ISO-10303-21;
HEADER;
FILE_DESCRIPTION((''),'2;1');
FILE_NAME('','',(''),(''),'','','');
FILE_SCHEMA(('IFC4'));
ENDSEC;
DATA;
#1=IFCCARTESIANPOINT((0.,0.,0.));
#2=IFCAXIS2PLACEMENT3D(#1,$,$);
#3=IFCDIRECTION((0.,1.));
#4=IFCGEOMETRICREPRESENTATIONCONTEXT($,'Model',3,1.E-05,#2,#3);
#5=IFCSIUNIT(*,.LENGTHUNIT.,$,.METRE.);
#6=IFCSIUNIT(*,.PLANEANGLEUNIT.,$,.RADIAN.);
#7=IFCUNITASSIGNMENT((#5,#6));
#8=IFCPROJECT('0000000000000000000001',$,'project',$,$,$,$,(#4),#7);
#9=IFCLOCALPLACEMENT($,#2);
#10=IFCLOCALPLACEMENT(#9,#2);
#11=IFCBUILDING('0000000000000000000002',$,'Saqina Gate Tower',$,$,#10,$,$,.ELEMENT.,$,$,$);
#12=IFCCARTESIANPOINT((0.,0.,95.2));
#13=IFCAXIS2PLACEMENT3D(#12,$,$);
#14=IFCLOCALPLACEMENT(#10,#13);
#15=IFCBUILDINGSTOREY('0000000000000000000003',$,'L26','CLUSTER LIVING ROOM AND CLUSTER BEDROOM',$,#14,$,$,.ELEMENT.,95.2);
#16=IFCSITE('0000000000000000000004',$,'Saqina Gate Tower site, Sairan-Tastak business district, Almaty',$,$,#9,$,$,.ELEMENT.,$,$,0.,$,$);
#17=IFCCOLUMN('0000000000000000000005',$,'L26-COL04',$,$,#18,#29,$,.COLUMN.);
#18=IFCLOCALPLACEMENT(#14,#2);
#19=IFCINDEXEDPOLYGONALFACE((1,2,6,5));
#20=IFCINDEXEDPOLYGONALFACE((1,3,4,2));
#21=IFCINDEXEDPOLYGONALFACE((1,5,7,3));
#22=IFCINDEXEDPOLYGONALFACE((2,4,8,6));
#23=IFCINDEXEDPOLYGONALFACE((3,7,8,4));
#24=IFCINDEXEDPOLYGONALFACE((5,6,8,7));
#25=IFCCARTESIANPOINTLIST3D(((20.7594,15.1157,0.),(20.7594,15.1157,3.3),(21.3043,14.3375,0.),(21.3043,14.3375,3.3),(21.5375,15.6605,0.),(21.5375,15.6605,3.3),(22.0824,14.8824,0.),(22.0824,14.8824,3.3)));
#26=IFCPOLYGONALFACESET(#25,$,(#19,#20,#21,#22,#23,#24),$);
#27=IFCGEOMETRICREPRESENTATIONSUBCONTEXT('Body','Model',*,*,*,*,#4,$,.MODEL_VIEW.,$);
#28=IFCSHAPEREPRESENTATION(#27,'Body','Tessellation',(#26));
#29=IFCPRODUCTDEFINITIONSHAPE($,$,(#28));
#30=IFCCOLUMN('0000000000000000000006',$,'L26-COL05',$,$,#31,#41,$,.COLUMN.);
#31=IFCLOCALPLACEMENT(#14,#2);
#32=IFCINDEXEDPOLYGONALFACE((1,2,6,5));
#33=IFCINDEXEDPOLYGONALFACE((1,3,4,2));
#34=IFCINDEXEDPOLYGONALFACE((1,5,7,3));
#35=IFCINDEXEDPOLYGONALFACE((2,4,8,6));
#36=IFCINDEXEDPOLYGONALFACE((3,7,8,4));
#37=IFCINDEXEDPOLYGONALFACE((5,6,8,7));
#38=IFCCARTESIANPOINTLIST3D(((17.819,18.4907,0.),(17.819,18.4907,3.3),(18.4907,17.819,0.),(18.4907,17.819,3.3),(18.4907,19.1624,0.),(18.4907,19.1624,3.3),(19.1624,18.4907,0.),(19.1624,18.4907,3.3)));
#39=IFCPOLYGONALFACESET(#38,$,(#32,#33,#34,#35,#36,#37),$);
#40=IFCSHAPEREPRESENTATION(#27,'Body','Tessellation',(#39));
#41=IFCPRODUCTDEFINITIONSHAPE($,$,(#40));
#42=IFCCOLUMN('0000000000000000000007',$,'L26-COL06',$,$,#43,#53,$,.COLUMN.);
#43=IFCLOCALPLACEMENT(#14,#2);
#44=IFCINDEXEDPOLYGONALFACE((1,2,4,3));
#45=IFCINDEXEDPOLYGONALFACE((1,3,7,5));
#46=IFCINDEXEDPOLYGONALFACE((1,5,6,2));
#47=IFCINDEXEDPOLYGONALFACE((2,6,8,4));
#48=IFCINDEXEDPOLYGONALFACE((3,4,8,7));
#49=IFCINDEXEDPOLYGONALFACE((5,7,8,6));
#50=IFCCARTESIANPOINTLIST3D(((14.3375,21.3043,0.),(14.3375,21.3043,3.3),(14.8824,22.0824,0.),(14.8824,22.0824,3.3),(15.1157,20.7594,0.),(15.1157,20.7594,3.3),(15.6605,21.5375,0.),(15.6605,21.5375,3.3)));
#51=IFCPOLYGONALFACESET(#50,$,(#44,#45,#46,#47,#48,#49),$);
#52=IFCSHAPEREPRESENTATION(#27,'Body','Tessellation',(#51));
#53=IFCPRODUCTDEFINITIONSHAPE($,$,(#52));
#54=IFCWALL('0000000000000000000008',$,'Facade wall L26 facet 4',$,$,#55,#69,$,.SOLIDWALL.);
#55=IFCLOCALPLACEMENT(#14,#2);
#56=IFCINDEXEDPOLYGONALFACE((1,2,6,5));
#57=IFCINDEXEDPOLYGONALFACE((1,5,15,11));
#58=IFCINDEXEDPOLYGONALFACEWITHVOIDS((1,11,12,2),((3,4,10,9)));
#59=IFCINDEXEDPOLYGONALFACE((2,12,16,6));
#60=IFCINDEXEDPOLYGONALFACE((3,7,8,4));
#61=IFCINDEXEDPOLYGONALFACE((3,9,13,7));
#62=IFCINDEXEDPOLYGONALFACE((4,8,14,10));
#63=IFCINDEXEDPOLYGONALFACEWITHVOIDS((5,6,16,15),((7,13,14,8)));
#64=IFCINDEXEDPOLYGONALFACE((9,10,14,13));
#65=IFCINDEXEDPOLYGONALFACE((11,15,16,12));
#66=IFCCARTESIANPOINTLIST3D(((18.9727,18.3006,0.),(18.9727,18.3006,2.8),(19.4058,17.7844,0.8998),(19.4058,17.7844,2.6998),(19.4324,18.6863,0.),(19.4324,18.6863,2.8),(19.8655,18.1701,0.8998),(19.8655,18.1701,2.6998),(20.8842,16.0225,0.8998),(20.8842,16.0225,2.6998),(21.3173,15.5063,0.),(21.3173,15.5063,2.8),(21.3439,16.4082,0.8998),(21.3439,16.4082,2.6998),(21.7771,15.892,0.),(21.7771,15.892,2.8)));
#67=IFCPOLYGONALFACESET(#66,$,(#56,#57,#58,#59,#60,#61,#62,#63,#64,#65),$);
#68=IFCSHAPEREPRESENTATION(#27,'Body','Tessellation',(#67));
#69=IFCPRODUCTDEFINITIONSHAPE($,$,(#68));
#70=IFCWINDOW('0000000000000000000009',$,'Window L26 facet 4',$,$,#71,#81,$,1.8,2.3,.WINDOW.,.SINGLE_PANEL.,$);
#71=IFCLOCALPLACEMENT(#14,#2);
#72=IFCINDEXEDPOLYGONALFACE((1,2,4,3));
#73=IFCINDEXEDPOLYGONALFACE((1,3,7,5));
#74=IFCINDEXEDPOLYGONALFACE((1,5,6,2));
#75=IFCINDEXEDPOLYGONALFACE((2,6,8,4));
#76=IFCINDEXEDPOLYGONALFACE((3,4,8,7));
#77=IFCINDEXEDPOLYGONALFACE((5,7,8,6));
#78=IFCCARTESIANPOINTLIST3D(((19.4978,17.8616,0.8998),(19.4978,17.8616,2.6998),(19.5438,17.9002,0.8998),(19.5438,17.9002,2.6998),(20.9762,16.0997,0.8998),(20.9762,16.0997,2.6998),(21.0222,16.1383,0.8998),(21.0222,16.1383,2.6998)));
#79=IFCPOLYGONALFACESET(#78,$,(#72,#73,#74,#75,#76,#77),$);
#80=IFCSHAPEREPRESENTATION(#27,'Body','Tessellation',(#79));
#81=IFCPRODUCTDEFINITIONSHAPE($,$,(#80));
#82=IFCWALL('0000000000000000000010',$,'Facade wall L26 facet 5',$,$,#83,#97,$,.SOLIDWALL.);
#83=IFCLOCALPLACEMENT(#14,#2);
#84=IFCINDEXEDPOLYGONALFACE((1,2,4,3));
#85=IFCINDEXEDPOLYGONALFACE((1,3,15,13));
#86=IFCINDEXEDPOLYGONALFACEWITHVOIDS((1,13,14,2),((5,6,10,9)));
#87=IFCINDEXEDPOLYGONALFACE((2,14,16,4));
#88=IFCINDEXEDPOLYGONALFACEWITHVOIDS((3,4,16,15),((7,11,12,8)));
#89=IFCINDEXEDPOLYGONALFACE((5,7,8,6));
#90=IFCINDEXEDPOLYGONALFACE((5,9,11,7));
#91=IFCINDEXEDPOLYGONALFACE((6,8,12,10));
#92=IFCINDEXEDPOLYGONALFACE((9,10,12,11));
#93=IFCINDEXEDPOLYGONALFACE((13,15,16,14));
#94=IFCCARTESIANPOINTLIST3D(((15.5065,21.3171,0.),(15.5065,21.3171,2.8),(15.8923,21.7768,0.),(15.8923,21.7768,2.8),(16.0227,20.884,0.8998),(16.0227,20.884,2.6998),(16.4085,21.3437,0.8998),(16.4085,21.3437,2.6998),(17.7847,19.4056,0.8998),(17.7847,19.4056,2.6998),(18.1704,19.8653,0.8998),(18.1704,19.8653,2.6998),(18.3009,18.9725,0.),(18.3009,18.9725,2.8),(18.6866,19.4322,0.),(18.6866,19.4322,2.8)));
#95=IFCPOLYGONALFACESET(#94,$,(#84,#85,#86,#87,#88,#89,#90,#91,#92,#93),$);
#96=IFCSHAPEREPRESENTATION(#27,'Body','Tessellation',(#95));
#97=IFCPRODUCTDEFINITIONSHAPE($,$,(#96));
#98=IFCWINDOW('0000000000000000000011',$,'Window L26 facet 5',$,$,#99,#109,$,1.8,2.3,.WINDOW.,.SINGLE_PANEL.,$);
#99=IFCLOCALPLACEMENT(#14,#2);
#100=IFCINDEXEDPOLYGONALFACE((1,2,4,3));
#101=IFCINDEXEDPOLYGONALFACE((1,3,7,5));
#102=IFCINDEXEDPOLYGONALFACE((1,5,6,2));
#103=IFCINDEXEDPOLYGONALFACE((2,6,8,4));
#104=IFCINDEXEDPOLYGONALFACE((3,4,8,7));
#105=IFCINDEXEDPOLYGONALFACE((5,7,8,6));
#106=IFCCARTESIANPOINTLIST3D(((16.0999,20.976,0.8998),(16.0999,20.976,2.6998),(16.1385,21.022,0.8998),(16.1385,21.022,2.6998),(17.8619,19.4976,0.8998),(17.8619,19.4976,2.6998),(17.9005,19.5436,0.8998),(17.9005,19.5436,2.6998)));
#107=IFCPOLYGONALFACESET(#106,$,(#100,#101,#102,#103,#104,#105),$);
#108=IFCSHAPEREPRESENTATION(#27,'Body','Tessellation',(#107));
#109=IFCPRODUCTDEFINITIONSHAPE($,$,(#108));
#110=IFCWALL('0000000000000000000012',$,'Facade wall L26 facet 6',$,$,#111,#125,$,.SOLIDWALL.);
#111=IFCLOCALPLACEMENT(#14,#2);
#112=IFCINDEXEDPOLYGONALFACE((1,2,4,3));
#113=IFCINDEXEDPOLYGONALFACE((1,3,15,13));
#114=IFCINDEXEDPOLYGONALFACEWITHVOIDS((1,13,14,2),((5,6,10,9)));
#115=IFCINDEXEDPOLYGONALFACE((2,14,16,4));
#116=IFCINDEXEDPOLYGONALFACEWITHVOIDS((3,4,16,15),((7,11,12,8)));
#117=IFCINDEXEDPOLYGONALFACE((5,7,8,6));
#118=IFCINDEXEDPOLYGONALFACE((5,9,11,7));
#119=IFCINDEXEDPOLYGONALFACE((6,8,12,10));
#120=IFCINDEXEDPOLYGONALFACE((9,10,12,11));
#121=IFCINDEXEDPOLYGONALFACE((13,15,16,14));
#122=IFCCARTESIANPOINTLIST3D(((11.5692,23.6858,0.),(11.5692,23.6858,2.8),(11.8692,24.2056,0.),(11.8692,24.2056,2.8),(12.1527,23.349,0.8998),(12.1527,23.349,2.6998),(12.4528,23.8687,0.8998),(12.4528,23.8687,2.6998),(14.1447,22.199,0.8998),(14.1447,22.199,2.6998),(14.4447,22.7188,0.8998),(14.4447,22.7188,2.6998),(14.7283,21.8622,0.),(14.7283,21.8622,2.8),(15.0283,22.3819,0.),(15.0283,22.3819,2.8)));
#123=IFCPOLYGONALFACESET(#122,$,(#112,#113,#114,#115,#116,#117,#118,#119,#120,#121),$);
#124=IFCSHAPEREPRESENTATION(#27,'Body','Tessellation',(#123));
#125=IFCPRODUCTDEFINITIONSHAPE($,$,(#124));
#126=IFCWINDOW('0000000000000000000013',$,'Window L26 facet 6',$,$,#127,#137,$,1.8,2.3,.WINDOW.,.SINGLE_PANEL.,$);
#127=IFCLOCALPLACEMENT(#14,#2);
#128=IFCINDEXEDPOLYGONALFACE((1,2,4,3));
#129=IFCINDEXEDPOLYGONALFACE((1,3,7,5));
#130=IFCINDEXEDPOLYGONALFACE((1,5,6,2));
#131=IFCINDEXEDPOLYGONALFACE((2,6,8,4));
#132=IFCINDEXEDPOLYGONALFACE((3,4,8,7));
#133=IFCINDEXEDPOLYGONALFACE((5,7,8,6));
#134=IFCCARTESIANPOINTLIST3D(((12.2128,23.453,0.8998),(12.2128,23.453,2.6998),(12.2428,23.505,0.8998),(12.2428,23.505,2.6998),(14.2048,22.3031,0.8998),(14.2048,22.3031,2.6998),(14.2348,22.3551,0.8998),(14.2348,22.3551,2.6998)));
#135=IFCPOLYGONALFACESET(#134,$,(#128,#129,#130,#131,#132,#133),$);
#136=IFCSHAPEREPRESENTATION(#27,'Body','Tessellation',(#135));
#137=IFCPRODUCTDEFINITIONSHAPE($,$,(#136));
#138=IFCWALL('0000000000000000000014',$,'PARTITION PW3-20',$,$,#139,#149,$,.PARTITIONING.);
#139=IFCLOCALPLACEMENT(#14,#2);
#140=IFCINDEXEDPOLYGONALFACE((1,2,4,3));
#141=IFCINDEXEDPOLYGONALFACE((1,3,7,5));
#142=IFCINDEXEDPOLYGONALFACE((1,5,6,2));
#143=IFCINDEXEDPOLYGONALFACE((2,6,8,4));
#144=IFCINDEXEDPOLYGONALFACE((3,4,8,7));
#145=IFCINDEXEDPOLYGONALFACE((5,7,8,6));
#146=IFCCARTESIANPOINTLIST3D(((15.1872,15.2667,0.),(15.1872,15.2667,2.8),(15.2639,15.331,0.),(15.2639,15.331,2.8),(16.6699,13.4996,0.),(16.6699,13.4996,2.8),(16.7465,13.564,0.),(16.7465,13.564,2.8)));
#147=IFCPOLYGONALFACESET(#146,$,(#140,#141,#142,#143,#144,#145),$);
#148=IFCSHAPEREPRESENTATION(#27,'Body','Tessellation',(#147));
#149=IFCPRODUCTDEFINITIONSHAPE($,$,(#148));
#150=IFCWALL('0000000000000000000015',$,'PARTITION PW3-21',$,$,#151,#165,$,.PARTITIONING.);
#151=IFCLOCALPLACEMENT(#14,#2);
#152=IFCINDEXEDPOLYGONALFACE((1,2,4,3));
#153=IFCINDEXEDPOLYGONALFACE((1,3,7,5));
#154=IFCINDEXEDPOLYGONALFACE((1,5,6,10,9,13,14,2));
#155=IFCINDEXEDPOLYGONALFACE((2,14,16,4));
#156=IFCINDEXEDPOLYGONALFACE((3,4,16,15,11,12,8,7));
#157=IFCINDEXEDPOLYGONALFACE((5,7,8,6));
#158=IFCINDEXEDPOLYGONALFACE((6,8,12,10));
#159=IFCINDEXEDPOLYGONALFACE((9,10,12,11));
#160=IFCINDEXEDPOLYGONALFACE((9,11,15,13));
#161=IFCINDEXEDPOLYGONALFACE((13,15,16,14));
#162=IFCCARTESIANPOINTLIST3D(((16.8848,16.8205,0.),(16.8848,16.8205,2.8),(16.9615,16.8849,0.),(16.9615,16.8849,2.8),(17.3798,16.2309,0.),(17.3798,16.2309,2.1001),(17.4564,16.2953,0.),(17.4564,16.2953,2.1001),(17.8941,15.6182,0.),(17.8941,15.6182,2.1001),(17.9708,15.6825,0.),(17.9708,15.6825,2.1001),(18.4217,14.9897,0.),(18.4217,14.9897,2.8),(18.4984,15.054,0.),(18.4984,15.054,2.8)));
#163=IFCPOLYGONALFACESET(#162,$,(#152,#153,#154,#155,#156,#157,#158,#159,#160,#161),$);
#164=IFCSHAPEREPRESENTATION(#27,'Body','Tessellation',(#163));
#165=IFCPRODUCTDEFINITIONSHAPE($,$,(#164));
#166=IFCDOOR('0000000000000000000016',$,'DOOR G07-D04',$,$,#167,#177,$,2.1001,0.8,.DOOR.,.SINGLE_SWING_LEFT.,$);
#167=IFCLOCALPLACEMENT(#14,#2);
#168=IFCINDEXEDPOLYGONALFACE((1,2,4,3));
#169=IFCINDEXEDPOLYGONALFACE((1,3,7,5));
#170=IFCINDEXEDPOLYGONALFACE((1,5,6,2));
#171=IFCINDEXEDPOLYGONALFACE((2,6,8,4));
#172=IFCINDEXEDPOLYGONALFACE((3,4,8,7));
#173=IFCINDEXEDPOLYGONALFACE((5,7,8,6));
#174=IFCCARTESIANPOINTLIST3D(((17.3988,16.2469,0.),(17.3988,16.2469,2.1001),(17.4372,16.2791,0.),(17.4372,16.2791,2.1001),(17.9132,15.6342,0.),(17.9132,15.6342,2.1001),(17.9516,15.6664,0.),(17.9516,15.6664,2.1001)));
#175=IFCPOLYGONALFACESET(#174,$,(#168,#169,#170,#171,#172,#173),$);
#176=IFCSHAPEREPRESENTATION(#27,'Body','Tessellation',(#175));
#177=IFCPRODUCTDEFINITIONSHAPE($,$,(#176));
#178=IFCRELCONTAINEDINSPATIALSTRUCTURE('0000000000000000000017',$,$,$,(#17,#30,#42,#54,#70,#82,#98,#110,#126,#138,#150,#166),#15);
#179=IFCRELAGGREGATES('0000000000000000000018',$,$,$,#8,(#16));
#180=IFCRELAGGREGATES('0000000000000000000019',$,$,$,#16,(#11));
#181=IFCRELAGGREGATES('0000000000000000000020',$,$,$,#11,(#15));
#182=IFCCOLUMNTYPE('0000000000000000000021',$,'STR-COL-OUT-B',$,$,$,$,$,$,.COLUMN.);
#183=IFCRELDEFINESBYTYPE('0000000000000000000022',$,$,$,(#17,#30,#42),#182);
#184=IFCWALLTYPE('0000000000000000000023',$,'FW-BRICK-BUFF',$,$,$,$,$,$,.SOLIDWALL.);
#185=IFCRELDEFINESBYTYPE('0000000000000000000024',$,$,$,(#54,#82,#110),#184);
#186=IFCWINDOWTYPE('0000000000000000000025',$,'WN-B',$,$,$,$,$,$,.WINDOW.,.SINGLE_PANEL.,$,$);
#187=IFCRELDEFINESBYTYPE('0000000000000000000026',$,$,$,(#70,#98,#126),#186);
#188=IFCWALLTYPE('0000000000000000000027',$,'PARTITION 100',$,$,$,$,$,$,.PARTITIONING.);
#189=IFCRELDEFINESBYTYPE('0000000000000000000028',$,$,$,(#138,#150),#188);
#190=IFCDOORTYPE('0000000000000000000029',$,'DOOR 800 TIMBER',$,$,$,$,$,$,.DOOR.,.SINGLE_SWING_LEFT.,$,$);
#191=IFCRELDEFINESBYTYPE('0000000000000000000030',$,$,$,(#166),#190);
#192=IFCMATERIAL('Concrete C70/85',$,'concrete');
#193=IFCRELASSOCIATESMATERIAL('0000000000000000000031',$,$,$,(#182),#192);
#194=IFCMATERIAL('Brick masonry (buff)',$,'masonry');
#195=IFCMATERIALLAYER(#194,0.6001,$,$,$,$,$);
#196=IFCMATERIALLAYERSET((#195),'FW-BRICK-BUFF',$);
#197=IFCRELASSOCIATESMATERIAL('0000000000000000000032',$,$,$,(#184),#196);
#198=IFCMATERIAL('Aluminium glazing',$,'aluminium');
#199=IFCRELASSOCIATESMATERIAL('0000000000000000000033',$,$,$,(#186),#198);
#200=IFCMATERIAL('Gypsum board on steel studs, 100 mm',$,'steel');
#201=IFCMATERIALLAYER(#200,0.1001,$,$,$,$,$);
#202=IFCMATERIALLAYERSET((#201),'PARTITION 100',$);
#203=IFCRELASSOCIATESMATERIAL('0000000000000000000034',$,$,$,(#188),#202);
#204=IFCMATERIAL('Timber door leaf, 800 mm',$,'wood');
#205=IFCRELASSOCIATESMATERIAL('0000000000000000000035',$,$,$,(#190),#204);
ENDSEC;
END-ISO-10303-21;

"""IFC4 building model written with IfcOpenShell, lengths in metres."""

from ifc_helpers import new_model, si_unit, direction, frame, frame_2d, origin, origin_2d, place, context, subcontext, project, spatial, rectangle, extrude, material, layer, layer_set, material_profile, profile_set, type_object, element, fill, save


model = new_model("IFC4")

# Units and contexts
model_context = context("Model", 3, precision=1e-05, world=origin(), true_north=direction((0.0, 1.0)))
body_context = subcontext(model_context, "Body", "Model", "MODEL_VIEW")
ifc_project = project(units=[si_unit("LENGTHUNIT", "METRE"), si_unit("PLANEANGLEUNIT", "RADIAN")], contexts=[model_context])

# Site, building, storey
site_placement = place(None, origin())
site = spatial("IfcSite", under=ifc_project, at=site_placement, Name="Saqina Gate Tower site, Sairan-Tastak business district, Almaty", CompositionType="ELEMENT", RefElevation=0.0)
building_placement = place(site_placement, origin())
building = spatial("IfcBuilding", under=site, at=building_placement, Name="Saqina Gate Tower", CompositionType="ELEMENT")
storey_placement = place(building_placement, frame((0.0, 0.0, 95.2)))
storey = spatial("IfcBuildingStorey", under=building, at=storey_placement, Name="L26", Description="CLUSTER LIVING ROOM AND CLUSTER BEDROOM", CompositionType="ELEMENT", Elevation=95.2)

# Columns
ifc_material_1 = material(Name="Concrete C70/85", Category="concrete")
ifc_material_profile = material_profile(ifc_material_1, rectangle(XDim=0.95, YDim=0.95, at=origin_2d()), Name="RC 950x950")
ifc_profile_set = profile_set([ifc_material_profile], Name="Concrete C70/85")
column_type = type_object("IfcColumnType", Name="STR-COL-OUT-B", PredefinedType="COLUMN", material=ifc_profile_set)
for number, where, z_axis, x_axis, name in (
    (1, (21.4209, 14.999, 0.0), (0.0, 0.0, 1.0), (0.819152, 0.573576, 0.0), "L26-COL04"),
    (2, (18.4907, 18.4907, 0.0), (0.0, 0.0, 1.0), (0.707107, 0.707107, 0.0), "L26-COL05"),
    (3, (14.999, 21.4209, 0.0), (0.0, 0.0, 1.0), (0.573576, 0.819152, 0.0), "L26-COL06"),
):
    element("IfcColumn", number, at=place(storey_placement, frame(where, z_axis=z_axis, x_axis=x_axis)), inside=storey, type_object=column_type, Name=name, PredefinedType="COLUMN", context=body_context, shape_type="SweptSolid", body=[
        extrude(rectangle(XDim=0.95, YDim=0.95, at=origin_2d()), origin(), (0.0, 0.0, 1.0), 3.3),
    ])

# Walls, openings, windows
ifc_material_2 = material(Name="Brick masonry (buff)", Category="masonry")
ifc_layer_1 = layer(ifc_material_2, 0.6001)
ifc_layer_set_1 = layer_set([ifc_layer_1], Name="FW-BRICK-BUFF")
wall_type_1 = type_object("IfcWallType", Name="FW-BRICK-BUFF", PredefinedType="SOLIDWALL", material=ifc_layer_set_1)
wall_1_placement = place(storey_placement, frame((21.5471, 15.6992, 0.0), z_axis=(0.0, 0.0, 1.0), x_axis=(-0.642774, 0.766055, 0.0)))
wall_1 = element("IfcWall", 4, at=wall_1_placement, inside=storey, type_object=wall_type_1, Name="Facade wall L26 facet 4", PredefinedType="SOLIDWALL", context=body_context, shape_type="SweptSolid", body=[
    extrude(rectangle(XDim=3.6477, YDim=0.6001, at=frame_2d((1.8237, 0.0))), origin(), (0.0, 0.0, 1.0), 2.8),
])
opening_1_placement = place(wall_1_placement, frame((0.6738, 0.0, 0.8999)))
opening_1 = element("IfcOpeningElement", 5, at=opening_1_placement, cuts=wall_1, PredefinedType="OPENING", context=body_context, shape_type="SweptSolid", body=[
    extrude(rectangle(XDim=2.3, YDim=1.8, at=frame_2d((1.1499, 0.8999))), frame((0.0, 0.312, 0.0), z_axis=(0.0, -1.0, 0.0), x_axis=(1.0, 0.0, 0.0)), (0.0, 0.0, 1.0), 0.624),
])
ifc_material_3 = material(Name="Aluminium glazing", Category="aluminium")
window_type = type_object("IfcWindowType", Name="WN-B", PartitioningType="SINGLE_PANEL", PredefinedType="WINDOW", material=ifc_material_3)
window_1_placement = place(opening_1_placement, origin())
window_1 = element("IfcWindow", 6, at=window_1_placement, inside=storey, type_object=window_type, Name="Window L26 facet 4", OverallHeight=1.8, OverallWidth=2.3, PartitioningType="SINGLE_PANEL", PredefinedType="WINDOW", context=body_context, shape_type="SweptSolid", body=[
    extrude(rectangle(XDim=2.3, YDim=1.8, at=frame_2d((1.1499, 0.8999))), frame((0.0, 0.1799, 0.0), z_axis=(0.0, -1.0, 0.0), x_axis=(1.0, 0.0, 0.0)), (0.0, 0.0, 1.0), 0.0601),
])
fill(opening_1, window_1)
wall_2_placement = place(storey_placement, frame((18.4937, 19.2024, 0.0), z_axis=(0.0, 0.0, 1.0), x_axis=(-0.766055, 0.642774, 0.0)))
wall_2 = element("IfcWall", 7, at=wall_2_placement, inside=storey, type_object=wall_type_1, Name="Facade wall L26 facet 5", PredefinedType="SOLIDWALL", context=body_context, shape_type="SweptSolid", body=[
    extrude(rectangle(XDim=3.6477, YDim=0.6001, at=frame_2d((1.8237, 0.0))), origin(), (0.0, 0.0, 1.0), 2.8),
])
opening_2_placement = place(wall_2_placement, frame((0.6738, 0.0, 0.8999)))
opening_2 = element("IfcOpeningElement", 8, at=opening_2_placement, cuts=wall_2, PredefinedType="OPENING", context=body_context, shape_type="SweptSolid", body=[
    extrude(rectangle(XDim=2.3, YDim=1.8, at=frame_2d((1.1499, 0.8999))), frame((0.0, 0.312, 0.0), z_axis=(0.0, -1.0, 0.0), x_axis=(1.0, 0.0, 0.0)), (0.0, 0.0, 1.0), 0.624),
])
window_2_placement = place(opening_2_placement, origin())
window_2 = element("IfcWindow", 9, at=window_2_placement, inside=storey, type_object=window_type, Name="Window L26 facet 5", OverallHeight=1.8, OverallWidth=2.3, PartitioningType="SINGLE_PANEL", PredefinedType="WINDOW", context=body_context, shape_type="SweptSolid", body=[
    extrude(rectangle(XDim=2.3, YDim=1.8, at=frame_2d((1.1499, 0.8999))), frame((0.0, 0.1799, 0.0), z_axis=(0.0, -1.0, 0.0), x_axis=(1.0, 0.0, 0.0)), (0.0, 0.0, 1.0), 0.0601),
])
fill(opening_2, window_2)
wall_3_placement = place(storey_placement, frame((14.8782, 22.1221, 0.0), z_axis=(0.0, 0.0, 1.0), x_axis=(-0.866052, 0.499954, 0.0)))
wall_3 = element("IfcWall", 10, at=wall_3_placement, inside=storey, type_object=wall_type_1, Name="Facade wall L26 facet 6", PredefinedType="SOLIDWALL", context=body_context, shape_type="SweptSolid", body=[
    extrude(rectangle(XDim=3.6477, YDim=0.6001, at=frame_2d((1.8237, 0.0))), origin(), (0.0, 0.0, 1.0), 2.8),
])
opening_3_placement = place(wall_3_placement, frame((0.6738, 0.0, 0.8999)))
opening_3 = element("IfcOpeningElement", 11, at=opening_3_placement, cuts=wall_3, PredefinedType="OPENING", context=body_context, shape_type="SweptSolid", body=[
    extrude(rectangle(XDim=2.3, YDim=1.8, at=frame_2d((1.1499, 0.8999))), frame((0.0, 0.312, 0.0), z_axis=(0.0, -1.0, 0.0), x_axis=(1.0, 0.0, 0.0)), (0.0, 0.0, 1.0), 0.624),
])
window_3_placement = place(opening_3_placement, origin())
window_3 = element("IfcWindow", 12, at=window_3_placement, inside=storey, type_object=window_type, Name="Window L26 facet 6", OverallHeight=1.8, OverallWidth=2.3, PartitioningType="SINGLE_PANEL", PredefinedType="WINDOW", context=body_context, shape_type="SweptSolid", body=[
    extrude(rectangle(XDim=2.3, YDim=1.8, at=frame_2d((1.1499, 0.8999))), frame((0.0, 0.1799, 0.0), z_axis=(0.0, -1.0, 0.0), x_axis=(1.0, 0.0, 0.0)), (0.0, 0.0, 1.0), 0.0601),
])
fill(opening_3, window_3)

# Wall
ifc_material_4 = material(Name="Gypsum board on steel studs, 100 mm", Category="steel")
ifc_layer_2 = layer(ifc_material_4, 0.1001)
ifc_layer_set_2 = layer_set([ifc_layer_2], Name="PARTITION 100")
wall_type_2 = type_object("IfcWallType", Name="PARTITION 100", PredefinedType="PARTITIONING", material=ifc_layer_set_2)
wall_4_placement = place(storey_placement, frame((15.2256, 15.2988, 0.0), z_axis=(0.0, 0.0, 1.0), x_axis=(0.642763, -0.766065, 0.0)))
element("IfcWall", 13, at=wall_4_placement, inside=storey, type_object=wall_type_2, Name="PARTITION PW3-20", PredefinedType="PARTITIONING", context=body_context, shape_type="SweptSolid", body=[
    extrude(rectangle(XDim=2.3066, YDim=0.1001, at=frame_2d((1.1533, 0.0))), origin(), (0.0, 0.0, 1.0), 2.8),
])

# Wall, opening, door
wall_5_placement = place(storey_placement, frame((16.9231, 16.8528, 0.0), z_axis=(0.0, 0.0, 1.0), x_axis=(0.642943, -0.765914, 0.0)))
wall_5 = element("IfcWall", 14, at=wall_5_placement, inside=storey, type_object=wall_type_2, Name="PARTITION PW3-21", PredefinedType="PARTITIONING", context=body_context, shape_type="SweptSolid", body=[
    extrude(rectangle(XDim=2.3904, YDim=0.1001, at=frame_2d((1.1953, 0.0))), origin(), (0.0, 0.0, 1.0), 2.8),
])
opening_4_placement = place(wall_5_placement, frame((0.77, 0.0, 0.0)))
opening_4 = element("IfcOpeningElement", 15, at=opening_4_placement, cuts=wall_5, PredefinedType="OPENING", context=body_context, shape_type="SweptSolid", body=[
    extrude(rectangle(XDim=0.8, YDim=2.1001, at=frame_2d((0.3999, 1.05))), frame((0.0, 0.062, 0.0), z_axis=(0.0, -1.0, 0.0), x_axis=(1.0, 0.0, 0.0)), (0.0, 0.0, 1.0), 0.124),
])
ifc_material_5 = material(Name="Timber door leaf, 800 mm", Category="wood")
door_type_1 = type_object("IfcDoorType", Name="DOOR 800 TIMBER", OperationType="SINGLE_SWING_LEFT", PredefinedType="DOOR", material=ifc_material_5)
door_1_placement = place(opening_4_placement, origin())
door_1 = element("IfcDoor", 16, at=door_1_placement, inside=storey, type_object=door_type_1, Name="DOOR G07-D04", OperationType="SINGLE_SWING_LEFT", OverallHeight=2.1001, OverallWidth=0.8, PredefinedType="DOOR", context=body_context, shape_type="SweptSolid", body=[
    extrude(rectangle(XDim=0.8, YDim=2.1001, at=frame_2d((0.3999, 1.05))), frame((0.0, 0.0249, 0.0), z_axis=(0.0, -1.0, 0.0), x_axis=(1.0, 0.0, 0.0)), (0.0, 0.0, 1.0), 0.05),
])
fill(opening_4, door_1)

save(model, "model.ifc")
